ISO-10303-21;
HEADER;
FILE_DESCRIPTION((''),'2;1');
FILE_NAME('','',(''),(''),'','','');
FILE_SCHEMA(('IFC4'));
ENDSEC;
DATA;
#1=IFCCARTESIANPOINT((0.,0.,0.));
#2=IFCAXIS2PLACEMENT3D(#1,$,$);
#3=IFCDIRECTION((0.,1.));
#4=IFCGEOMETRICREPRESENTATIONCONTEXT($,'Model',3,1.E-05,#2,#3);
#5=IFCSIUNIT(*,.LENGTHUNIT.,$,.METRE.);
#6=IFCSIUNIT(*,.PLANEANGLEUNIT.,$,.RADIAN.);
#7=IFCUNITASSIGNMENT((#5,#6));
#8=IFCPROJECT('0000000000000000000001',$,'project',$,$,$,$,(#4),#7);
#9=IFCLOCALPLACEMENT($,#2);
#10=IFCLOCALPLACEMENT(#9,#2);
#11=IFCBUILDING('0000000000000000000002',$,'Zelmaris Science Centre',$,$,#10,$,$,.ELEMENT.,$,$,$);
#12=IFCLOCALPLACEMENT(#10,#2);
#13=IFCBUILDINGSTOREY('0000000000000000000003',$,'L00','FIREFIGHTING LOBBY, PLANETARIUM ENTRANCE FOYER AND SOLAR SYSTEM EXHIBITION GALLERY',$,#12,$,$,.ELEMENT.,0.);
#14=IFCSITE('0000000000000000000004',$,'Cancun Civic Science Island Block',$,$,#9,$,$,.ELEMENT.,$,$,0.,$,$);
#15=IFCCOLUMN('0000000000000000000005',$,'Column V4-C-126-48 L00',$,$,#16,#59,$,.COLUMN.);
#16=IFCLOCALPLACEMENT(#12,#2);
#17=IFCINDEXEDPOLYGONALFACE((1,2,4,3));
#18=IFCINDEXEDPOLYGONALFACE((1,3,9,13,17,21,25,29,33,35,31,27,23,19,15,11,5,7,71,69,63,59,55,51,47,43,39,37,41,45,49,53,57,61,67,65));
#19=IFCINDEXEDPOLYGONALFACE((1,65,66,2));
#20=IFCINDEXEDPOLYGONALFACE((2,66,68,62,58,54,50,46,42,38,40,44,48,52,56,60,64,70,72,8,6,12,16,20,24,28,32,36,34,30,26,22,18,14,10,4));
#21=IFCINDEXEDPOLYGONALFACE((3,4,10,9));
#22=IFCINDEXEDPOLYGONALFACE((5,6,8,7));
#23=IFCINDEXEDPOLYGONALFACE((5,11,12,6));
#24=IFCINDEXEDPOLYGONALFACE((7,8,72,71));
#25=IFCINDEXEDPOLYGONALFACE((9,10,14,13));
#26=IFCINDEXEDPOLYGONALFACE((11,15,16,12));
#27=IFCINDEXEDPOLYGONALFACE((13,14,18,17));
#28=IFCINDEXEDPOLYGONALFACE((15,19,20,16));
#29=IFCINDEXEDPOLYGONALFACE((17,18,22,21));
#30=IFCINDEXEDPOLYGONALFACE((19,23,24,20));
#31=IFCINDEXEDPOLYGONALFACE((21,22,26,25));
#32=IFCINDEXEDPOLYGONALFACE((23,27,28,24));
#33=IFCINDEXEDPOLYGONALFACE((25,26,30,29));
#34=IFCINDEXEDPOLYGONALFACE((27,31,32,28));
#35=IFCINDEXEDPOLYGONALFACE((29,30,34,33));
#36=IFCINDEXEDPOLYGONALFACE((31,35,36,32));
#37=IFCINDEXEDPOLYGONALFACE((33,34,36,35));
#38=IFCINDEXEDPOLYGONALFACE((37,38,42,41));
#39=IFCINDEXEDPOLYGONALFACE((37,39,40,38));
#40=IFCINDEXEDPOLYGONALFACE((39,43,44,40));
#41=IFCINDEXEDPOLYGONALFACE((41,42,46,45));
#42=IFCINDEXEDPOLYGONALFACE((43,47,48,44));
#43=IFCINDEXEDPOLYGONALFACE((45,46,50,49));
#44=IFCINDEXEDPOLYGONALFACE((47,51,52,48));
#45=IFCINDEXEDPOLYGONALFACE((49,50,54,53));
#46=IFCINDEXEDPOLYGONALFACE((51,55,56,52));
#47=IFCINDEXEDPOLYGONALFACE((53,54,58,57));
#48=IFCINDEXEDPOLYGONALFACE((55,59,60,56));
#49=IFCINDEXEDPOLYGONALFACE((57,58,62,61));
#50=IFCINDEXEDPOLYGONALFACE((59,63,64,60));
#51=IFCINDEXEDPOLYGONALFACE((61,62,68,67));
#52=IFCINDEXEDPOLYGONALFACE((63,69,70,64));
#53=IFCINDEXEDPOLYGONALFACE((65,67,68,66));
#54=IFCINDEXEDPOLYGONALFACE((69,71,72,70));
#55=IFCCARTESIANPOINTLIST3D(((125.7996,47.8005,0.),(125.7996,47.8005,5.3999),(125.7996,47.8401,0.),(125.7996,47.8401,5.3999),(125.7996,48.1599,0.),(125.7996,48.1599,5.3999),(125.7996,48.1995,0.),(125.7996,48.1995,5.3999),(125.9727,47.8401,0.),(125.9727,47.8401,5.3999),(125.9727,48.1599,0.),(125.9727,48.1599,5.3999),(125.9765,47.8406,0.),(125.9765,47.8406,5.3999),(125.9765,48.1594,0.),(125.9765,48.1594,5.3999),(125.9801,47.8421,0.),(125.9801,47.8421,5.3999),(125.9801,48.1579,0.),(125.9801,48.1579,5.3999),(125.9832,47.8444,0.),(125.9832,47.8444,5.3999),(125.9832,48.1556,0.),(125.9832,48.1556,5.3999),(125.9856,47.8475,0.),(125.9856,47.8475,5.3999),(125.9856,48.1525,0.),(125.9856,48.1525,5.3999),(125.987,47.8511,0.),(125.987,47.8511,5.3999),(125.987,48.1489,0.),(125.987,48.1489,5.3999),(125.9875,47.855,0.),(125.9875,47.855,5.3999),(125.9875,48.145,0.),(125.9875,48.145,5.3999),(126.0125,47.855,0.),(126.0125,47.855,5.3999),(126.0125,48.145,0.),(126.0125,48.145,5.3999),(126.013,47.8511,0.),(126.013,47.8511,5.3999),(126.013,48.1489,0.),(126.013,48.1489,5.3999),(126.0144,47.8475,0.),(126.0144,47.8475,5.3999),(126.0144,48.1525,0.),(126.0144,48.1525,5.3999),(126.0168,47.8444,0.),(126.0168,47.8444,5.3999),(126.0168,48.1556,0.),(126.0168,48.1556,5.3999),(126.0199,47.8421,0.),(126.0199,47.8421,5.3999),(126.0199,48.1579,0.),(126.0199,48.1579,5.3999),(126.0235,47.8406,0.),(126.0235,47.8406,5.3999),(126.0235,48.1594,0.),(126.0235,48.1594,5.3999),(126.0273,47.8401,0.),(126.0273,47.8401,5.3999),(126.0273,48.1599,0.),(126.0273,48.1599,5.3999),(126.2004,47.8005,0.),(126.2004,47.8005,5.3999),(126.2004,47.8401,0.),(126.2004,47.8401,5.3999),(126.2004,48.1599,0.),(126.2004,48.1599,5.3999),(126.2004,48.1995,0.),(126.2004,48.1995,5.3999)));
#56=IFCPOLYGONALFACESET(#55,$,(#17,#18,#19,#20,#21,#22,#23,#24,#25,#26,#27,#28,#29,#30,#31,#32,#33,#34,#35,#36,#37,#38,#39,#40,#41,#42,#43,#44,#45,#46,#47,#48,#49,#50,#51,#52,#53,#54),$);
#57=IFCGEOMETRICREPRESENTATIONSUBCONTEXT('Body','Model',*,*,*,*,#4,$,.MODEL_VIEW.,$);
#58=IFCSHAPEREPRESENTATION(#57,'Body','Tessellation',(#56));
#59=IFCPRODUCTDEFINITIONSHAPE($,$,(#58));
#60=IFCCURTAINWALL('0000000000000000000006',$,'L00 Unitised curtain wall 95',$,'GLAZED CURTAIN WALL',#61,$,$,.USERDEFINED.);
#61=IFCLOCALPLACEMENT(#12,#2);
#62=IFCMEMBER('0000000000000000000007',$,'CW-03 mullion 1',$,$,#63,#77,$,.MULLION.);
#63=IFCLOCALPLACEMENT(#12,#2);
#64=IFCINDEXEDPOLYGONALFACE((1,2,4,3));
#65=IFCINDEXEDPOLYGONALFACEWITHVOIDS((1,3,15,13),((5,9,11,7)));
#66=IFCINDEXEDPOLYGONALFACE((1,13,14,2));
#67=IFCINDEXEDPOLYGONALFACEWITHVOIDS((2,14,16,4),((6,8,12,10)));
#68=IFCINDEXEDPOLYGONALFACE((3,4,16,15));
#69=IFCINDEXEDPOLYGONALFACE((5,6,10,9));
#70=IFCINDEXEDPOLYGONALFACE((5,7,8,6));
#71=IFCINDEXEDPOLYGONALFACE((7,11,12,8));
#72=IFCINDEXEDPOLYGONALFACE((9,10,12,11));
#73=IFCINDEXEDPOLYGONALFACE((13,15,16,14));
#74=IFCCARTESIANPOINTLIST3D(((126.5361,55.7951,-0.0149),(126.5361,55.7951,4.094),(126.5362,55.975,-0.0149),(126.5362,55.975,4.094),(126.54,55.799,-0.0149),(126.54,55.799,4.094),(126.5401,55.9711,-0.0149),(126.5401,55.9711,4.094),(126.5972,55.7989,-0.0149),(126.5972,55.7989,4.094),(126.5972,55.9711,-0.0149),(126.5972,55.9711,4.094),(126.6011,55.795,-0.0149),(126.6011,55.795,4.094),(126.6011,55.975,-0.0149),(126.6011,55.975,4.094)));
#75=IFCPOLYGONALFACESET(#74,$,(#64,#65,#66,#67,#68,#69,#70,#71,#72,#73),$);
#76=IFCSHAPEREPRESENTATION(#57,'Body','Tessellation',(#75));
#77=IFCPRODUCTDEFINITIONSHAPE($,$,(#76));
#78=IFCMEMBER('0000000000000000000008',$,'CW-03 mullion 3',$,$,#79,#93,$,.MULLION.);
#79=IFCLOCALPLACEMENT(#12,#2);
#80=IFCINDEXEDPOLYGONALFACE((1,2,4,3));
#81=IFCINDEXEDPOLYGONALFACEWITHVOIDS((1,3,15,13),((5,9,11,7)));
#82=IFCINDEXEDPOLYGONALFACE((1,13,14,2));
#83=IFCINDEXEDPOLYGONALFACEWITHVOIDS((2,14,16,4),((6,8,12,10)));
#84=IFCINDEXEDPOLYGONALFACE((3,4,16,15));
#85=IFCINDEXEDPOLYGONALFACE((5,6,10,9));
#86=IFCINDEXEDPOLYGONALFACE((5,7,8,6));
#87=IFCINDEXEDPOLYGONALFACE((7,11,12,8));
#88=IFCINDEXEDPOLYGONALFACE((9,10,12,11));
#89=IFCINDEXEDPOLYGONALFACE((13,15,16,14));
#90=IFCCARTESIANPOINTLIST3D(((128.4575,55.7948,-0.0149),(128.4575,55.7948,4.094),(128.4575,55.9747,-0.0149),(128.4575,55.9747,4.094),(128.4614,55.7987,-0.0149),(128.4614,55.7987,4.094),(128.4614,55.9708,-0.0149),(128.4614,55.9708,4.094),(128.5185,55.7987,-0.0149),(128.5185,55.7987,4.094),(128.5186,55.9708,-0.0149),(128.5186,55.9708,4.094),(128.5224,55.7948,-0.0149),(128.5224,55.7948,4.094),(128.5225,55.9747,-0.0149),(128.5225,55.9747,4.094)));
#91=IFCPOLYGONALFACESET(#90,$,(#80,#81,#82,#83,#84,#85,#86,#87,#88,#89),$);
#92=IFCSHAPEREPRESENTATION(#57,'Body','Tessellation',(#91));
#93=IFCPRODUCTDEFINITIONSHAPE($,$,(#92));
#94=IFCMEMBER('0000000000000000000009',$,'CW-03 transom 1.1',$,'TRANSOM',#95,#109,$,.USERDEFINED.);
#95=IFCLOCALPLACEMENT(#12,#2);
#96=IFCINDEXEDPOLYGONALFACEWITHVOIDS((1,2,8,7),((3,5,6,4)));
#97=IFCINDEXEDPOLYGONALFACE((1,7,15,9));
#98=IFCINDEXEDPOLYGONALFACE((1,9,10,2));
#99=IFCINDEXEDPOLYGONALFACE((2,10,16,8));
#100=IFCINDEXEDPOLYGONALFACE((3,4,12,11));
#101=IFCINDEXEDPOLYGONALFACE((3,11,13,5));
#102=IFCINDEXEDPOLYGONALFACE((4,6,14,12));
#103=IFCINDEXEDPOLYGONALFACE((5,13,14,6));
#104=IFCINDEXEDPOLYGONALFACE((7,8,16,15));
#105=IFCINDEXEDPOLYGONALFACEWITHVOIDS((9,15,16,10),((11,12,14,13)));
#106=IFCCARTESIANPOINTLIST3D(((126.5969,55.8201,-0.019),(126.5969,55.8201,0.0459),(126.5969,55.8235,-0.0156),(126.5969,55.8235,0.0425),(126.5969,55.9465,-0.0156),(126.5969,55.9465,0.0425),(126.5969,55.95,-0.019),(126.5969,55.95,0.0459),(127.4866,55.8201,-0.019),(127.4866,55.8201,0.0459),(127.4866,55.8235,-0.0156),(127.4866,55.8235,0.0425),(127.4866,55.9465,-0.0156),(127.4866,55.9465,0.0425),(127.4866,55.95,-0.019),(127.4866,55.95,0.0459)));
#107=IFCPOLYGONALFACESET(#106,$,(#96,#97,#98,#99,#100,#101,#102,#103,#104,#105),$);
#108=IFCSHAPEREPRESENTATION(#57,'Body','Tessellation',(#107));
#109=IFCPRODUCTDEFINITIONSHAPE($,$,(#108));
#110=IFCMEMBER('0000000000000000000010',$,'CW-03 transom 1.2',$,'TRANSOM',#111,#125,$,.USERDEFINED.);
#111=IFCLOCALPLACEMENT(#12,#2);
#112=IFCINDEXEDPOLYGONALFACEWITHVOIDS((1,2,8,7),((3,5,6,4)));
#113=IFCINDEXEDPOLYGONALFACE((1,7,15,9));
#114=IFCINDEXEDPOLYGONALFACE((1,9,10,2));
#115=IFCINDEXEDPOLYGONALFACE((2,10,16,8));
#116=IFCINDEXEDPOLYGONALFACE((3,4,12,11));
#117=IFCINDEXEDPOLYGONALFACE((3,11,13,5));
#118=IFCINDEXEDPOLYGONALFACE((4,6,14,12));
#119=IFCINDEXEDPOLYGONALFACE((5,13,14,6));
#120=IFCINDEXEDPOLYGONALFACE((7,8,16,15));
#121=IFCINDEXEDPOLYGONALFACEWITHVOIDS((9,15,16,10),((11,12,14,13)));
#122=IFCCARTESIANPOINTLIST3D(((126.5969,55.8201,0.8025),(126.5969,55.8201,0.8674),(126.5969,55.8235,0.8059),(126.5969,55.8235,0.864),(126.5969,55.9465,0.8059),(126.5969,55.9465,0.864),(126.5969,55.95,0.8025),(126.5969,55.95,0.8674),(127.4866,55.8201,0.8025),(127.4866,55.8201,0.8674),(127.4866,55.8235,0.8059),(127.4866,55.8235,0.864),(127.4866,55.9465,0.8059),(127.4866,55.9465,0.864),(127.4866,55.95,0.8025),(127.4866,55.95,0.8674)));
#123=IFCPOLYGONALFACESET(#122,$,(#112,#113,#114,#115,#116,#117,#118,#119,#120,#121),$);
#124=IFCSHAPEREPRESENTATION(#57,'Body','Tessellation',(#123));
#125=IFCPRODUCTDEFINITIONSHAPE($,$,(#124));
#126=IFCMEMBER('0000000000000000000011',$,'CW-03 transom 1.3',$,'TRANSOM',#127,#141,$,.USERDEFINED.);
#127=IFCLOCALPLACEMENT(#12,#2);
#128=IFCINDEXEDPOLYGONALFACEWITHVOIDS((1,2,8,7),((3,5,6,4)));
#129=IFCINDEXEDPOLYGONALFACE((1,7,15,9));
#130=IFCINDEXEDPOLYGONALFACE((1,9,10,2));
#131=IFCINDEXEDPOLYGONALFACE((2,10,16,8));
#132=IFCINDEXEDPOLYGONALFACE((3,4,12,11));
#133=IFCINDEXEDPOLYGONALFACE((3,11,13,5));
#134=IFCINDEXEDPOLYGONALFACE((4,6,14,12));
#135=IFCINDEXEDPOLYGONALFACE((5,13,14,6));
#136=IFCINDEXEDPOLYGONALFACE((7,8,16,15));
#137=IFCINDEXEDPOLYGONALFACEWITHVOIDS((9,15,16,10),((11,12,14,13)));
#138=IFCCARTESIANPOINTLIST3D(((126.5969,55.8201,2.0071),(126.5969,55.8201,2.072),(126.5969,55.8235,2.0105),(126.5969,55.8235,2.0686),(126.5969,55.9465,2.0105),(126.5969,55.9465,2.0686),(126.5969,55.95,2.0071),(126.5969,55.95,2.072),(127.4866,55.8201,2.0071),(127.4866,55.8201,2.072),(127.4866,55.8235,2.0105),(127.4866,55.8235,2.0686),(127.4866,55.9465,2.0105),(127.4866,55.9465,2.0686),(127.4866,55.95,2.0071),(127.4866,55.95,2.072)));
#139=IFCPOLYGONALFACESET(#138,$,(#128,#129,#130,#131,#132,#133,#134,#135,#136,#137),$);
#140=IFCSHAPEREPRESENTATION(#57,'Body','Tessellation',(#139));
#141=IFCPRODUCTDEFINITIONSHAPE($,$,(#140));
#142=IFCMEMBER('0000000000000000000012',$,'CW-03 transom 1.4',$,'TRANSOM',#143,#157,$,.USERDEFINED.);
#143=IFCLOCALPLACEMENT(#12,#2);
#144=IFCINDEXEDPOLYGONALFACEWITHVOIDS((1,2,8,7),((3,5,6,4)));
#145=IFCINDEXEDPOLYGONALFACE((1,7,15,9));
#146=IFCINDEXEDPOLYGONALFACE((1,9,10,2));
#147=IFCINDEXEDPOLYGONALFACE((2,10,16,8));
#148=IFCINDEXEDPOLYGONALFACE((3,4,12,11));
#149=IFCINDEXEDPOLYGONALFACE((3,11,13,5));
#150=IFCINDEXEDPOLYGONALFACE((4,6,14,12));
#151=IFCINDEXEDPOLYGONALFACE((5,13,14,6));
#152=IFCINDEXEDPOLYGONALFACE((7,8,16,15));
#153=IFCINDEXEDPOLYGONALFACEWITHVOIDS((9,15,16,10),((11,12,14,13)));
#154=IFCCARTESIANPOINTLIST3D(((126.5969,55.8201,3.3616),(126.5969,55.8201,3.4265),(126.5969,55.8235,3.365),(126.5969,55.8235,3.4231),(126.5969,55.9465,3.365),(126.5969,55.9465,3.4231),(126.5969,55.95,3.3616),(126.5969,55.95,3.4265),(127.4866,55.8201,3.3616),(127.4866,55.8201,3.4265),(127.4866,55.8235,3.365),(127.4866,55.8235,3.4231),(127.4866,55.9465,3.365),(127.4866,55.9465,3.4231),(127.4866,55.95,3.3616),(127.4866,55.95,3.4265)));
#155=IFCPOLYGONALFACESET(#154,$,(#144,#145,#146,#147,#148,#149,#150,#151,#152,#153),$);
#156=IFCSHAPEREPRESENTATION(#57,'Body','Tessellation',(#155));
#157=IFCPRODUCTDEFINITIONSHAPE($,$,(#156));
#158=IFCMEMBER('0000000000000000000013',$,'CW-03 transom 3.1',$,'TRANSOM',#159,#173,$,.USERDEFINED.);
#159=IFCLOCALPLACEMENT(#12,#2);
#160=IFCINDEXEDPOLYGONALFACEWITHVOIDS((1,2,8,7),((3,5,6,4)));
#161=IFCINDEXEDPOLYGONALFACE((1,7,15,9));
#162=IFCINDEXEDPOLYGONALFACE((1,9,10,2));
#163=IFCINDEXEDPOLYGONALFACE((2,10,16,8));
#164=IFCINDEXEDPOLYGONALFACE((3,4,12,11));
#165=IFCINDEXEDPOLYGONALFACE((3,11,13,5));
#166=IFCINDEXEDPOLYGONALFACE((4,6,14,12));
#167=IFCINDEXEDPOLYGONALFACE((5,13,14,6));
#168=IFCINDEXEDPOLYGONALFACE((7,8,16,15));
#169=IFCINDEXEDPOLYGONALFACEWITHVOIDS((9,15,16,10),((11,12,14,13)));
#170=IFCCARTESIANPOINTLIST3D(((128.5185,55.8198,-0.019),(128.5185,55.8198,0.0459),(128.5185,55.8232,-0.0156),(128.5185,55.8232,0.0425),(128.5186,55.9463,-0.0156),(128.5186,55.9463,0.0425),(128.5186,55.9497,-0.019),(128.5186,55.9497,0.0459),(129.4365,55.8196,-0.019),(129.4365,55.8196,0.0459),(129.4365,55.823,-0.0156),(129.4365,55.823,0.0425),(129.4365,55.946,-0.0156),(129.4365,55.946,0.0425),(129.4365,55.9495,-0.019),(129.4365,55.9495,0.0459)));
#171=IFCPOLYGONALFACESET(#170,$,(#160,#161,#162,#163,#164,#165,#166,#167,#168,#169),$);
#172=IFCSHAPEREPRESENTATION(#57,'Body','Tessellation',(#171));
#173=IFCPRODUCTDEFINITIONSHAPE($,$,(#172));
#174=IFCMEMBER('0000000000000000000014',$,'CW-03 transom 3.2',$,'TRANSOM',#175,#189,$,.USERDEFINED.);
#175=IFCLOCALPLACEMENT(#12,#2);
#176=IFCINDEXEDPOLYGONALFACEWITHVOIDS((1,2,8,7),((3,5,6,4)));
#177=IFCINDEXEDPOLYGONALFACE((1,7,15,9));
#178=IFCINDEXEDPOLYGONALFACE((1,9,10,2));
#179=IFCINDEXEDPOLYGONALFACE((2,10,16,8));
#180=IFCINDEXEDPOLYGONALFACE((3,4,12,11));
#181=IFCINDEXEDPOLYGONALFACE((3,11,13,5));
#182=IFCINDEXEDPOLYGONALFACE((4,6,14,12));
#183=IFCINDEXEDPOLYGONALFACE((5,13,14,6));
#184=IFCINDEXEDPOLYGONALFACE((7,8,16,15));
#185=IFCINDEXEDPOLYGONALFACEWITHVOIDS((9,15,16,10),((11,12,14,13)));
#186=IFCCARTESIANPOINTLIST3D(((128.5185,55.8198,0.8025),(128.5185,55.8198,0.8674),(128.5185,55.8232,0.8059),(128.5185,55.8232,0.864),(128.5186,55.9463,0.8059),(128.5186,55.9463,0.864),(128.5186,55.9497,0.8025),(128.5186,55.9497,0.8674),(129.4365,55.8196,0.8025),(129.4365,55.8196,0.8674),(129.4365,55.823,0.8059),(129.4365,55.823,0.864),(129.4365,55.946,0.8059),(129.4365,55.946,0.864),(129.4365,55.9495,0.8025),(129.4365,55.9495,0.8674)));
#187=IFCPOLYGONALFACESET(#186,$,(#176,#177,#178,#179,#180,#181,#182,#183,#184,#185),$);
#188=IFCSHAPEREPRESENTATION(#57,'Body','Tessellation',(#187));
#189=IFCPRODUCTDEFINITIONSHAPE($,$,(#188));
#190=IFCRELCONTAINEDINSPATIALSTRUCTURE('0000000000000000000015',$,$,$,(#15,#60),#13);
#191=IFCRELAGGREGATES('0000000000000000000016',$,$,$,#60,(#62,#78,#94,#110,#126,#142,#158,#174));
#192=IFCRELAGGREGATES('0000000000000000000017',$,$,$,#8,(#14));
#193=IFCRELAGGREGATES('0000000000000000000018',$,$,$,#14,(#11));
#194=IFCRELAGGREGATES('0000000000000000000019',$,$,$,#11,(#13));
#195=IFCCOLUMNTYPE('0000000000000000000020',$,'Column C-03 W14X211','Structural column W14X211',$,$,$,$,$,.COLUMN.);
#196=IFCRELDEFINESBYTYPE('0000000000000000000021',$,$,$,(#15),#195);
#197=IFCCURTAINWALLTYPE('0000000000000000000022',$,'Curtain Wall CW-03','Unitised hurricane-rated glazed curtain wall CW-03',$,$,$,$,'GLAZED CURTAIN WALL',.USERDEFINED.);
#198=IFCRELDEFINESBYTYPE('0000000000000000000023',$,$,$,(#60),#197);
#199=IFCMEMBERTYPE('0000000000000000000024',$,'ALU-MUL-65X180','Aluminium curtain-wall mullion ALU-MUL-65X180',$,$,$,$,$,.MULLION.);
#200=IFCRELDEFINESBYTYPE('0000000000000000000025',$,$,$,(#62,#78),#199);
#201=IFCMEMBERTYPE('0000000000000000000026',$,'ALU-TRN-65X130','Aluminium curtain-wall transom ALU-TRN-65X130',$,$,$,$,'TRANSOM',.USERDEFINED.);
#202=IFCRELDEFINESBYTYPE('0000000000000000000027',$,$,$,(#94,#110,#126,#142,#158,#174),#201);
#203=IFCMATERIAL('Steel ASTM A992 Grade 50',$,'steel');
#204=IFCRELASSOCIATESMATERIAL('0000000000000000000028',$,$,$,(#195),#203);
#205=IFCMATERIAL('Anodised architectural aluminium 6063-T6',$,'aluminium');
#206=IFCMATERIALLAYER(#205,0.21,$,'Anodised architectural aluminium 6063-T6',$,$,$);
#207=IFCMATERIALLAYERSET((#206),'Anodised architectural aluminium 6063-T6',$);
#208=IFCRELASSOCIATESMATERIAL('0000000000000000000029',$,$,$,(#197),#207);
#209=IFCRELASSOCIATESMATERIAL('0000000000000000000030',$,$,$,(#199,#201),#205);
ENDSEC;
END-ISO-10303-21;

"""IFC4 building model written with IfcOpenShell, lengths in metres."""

from ifc_helpers import new_model, si_unit, direction, frame, origin, origin_2d, place, context, subcontext, project, spatial, hollow_rectangle, i_section, extrude, material, layer, layer_set, material_profile, profile_set, type_object, element, aggregate, save


model = new_model("IFC4")

# Units and contexts
model_context = context("Model", 3, precision=1e-05, world=origin(), true_north=direction((0.0, 1.0)))
body_context = subcontext(model_context, "Body", "Model", "MODEL_VIEW")
ifc_project = project(units=[si_unit("LENGTHUNIT", "METRE"), si_unit("PLANEANGLEUNIT", "RADIAN")], contexts=[model_context])

# Site, building, storey
site_placement = place(None, origin())
site = spatial("IfcSite", under=ifc_project, at=site_placement, Name="Cancun Civic Science Island Block", CompositionType="ELEMENT", RefElevation=0.0)
building_placement = place(site_placement, origin())
building = spatial("IfcBuilding", under=site, at=building_placement, Name="Zelmaris Science Centre", CompositionType="ELEMENT")
storey_placement = place(building_placement, origin())
storey = spatial("IfcBuildingStorey", under=building, at=storey_placement, Name="L00", Description="FIREFIGHTING LOBBY, PLANETARIUM ENTRANCE FOYER AND SOLAR SYSTEM EXHIBITION GALLERY", CompositionType="ELEMENT", Elevation=0.0)

# Column
ifc_material_1 = material(Name="Steel ASTM A992 Grade 50", Category="steel")
ifc_material_profile_1 = material_profile(ifc_material_1, i_section(OverallWidth=0.4009, OverallDepth=0.3989, WebThickness=0.0249, FlangeThickness=0.0396, FilletRadius=0.0149, at=origin_2d()), Name="W14X211")
ifc_profile_set_1 = profile_set([ifc_material_profile_1], Name="Steel ASTM A992 Grade 50")
column_type = type_object("IfcColumnType", Name="Column C-03 W14X211", Description="Structural column W14X211", PredefinedType="COLUMN", material=ifc_profile_set_1)
column_placement = place(storey_placement, frame((126.0, 48.0, 0.0), z_axis=(0.0, 0.0, 1.0), x_axis=(1.0, 0.0, 0.0)))
element("IfcColumn", 1, at=column_placement, inside=storey, type_object=column_type, Name="Column V4-C-126-48 L00", PredefinedType="COLUMN", context=body_context, shape_type="SweptSolid", body=[
    extrude(i_section(OverallWidth=0.4009, OverallDepth=0.3989, WebThickness=0.0249, FlangeThickness=0.0396, FilletRadius=0.0149, at=origin_2d()), origin(), (0.0, 0.0, 1.0), 5.3999),
])

# Curtain wall, members
ifc_material_2 = material(Name="Anodised architectural aluminium 6063-T6", Category="aluminium")
ifc_layer_1 = layer(ifc_material_2, 0.21, Name="Anodised architectural aluminium 6063-T6")
ifc_layer_set_1 = layer_set([ifc_layer_1], Name="Anodised architectural aluminium 6063-T6")
curtain_wall_type_1 = type_object("IfcCurtainWallType", Name="Curtain Wall CW-03", Description="Unitised hurricane-rated glazed curtain wall CW-03", ElementType="GLAZED CURTAIN WALL", PredefinedType="USERDEFINED", material=ifc_layer_set_1)
curtain_wall_1_placement = place(storey_placement, origin())
curtain_wall_1 = element("IfcCurtainWall", 2, at=curtain_wall_1_placement, inside=storey, type_object=curtain_wall_type_1, Name="L00 Unitised curtain wall 95", ObjectType="GLAZED CURTAIN WALL", PredefinedType="USERDEFINED")
ifc_material_profile_2 = material_profile(ifc_material_2, hollow_rectangle(XDim=0.0649, YDim=0.1799, WallThickness=0.0039, at=origin_2d()), Name="ALU-MUL-65X180")
ifc_profile_set_2 = profile_set([ifc_material_profile_2], Name="Anodised architectural aluminium 6063-T6")
member_type_1 = type_object("IfcMemberType", Name="ALU-MUL-65X180", Description="Aluminium curtain-wall mullion ALU-MUL-65X180", PredefinedType="MULLION", material=ifc_profile_set_2)
member_1_placement = place(storey_placement, frame((126.5686, 55.885, -0.0149), z_axis=(0.0, 0.0, 1.0), x_axis=(1.0, -0.000194, 0.0)))
member_1 = element("IfcMember", 3, at=member_1_placement, type_object=member_type_1, Name="CW-03 mullion 1", PredefinedType="MULLION", context=body_context, shape_type="SweptSolid", body=[
    extrude(hollow_rectangle(XDim=0.0649, YDim=0.1799, WallThickness=0.0039, at=origin_2d()), origin(), (0.0, 0.0, 1.0), 4.1089),
])
member_2_placement = place(storey_placement, frame((128.49, 55.8848, -0.0149), z_axis=(0.0, 0.0, 1.0), x_axis=(1.0, -0.000194, 0.0)))
member_2 = element("IfcMember", 4, at=member_2_placement, type_object=member_type_1, Name="CW-03 mullion 3", PredefinedType="MULLION", context=body_context, shape_type="SweptSolid", body=[
    extrude(hollow_rectangle(XDim=0.0649, YDim=0.1799, WallThickness=0.0039, at=origin_2d()), origin(), (0.0, 0.0, 1.0), 4.1089),
])
ifc_material_profile_3 = material_profile(ifc_material_2, hollow_rectangle(XDim=0.0649, YDim=0.1299, WallThickness=0.0034, at=origin_2d()), Name="ALU-TRN-65X130")
ifc_profile_set_3 = profile_set([ifc_material_profile_3], Name="Anodised architectural aluminium 6063-T6")
member_type_2 = type_object("IfcMemberType", Name="ALU-TRN-65X130", Description="Aluminium curtain-wall transom ALU-TRN-65X130", ElementType="TRANSOM", PredefinedType="USERDEFINED", material=ifc_profile_set_3)
member_3_placement = place(storey_placement, frame((126.5969, 55.885, 0.0134), z_axis=(1.0, 0.0, 0.0), x_axis=(0.0, 0.0, 1.0)))
member_3 = element("IfcMember", 5, at=member_3_placement, type_object=member_type_2, Name="CW-03 transom 1.1", ObjectType="TRANSOM", PredefinedType="USERDEFINED", context=body_context, shape_type="SweptSolid", body=[
    extrude(hollow_rectangle(XDim=0.0649, YDim=0.1299, WallThickness=0.0034, at=origin_2d()), origin(), (0.0, 0.0, 1.0), 0.8896),
])
member_4_placement = place(storey_placement, frame((126.5969, 55.885, 0.835), z_axis=(1.0, 0.0, 0.0), x_axis=(0.0, 0.0, 1.0)))
member_4 = element("IfcMember", 6, at=member_4_placement, type_object=member_type_2, Name="CW-03 transom 1.2", ObjectType="TRANSOM", PredefinedType="USERDEFINED", context=body_context, shape_type="SweptSolid", body=[
    extrude(hollow_rectangle(XDim=0.0649, YDim=0.1299, WallThickness=0.0034, at=origin_2d()), origin(), (0.0, 0.0, 1.0), 0.8896),
])
member_5_placement = place(storey_placement, frame((126.5969, 55.885, 2.0396), z_axis=(1.0, 0.0, 0.0), x_axis=(0.0, 0.0, 1.0)))
member_5 = element("IfcMember", 7, at=member_5_placement, type_object=member_type_2, Name="CW-03 transom 1.3", ObjectType="TRANSOM", PredefinedType="USERDEFINED", context=body_context, shape_type="SweptSolid", body=[
    extrude(hollow_rectangle(XDim=0.0649, YDim=0.1299, WallThickness=0.0034, at=origin_2d()), origin(), (0.0, 0.0, 1.0), 0.8896),
])
member_6_placement = place(storey_placement, frame((126.5969, 55.885, 3.394), z_axis=(1.0, 0.0, 0.0), x_axis=(0.0, 0.0, 1.0)))
member_6 = element("IfcMember", 8, at=member_6_placement, type_object=member_type_2, Name="CW-03 transom 1.4", ObjectType="TRANSOM", PredefinedType="USERDEFINED", context=body_context, shape_type="SweptSolid", body=[
    extrude(hollow_rectangle(XDim=0.0649, YDim=0.1299, WallThickness=0.0034, at=origin_2d()), origin(), (0.0, 0.0, 1.0), 0.8896),
])
member_7_placement = place(storey_placement, frame((128.5186, 55.8848, 0.0134), z_axis=(1.0, -0.000266, 0.0), x_axis=(0.0, 0.0, 1.0)))
member_7 = element("IfcMember", 9, at=member_7_placement, type_object=member_type_2, Name="CW-03 transom 3.1", ObjectType="TRANSOM", PredefinedType="USERDEFINED", context=body_context, shape_type="SweptSolid", body=[
    extrude(hollow_rectangle(XDim=0.0649, YDim=0.1299, WallThickness=0.0034, at=origin_2d()), origin(), (0.0, 0.0, 1.0), 0.918),
])
member_8_placement = place(storey_placement, frame((128.5186, 55.8848, 0.835), z_axis=(1.0, -0.000266, 0.0), x_axis=(0.0, 0.0, 1.0)))
member_8 = element("IfcMember", 10, at=member_8_placement, type_object=member_type_2, Name="CW-03 transom 3.2", ObjectType="TRANSOM", PredefinedType="USERDEFINED", context=body_context, shape_type="SweptSolid", body=[
    extrude(hollow_rectangle(XDim=0.0649, YDim=0.1299, WallThickness=0.0034, at=origin_2d()), origin(), (0.0, 0.0, 1.0), 0.918),
])

aggregate(curtain_wall_1, [member_1, member_2, member_3, member_4, member_5, member_6, member_7, member_8])

save(model, "model.ifc")
